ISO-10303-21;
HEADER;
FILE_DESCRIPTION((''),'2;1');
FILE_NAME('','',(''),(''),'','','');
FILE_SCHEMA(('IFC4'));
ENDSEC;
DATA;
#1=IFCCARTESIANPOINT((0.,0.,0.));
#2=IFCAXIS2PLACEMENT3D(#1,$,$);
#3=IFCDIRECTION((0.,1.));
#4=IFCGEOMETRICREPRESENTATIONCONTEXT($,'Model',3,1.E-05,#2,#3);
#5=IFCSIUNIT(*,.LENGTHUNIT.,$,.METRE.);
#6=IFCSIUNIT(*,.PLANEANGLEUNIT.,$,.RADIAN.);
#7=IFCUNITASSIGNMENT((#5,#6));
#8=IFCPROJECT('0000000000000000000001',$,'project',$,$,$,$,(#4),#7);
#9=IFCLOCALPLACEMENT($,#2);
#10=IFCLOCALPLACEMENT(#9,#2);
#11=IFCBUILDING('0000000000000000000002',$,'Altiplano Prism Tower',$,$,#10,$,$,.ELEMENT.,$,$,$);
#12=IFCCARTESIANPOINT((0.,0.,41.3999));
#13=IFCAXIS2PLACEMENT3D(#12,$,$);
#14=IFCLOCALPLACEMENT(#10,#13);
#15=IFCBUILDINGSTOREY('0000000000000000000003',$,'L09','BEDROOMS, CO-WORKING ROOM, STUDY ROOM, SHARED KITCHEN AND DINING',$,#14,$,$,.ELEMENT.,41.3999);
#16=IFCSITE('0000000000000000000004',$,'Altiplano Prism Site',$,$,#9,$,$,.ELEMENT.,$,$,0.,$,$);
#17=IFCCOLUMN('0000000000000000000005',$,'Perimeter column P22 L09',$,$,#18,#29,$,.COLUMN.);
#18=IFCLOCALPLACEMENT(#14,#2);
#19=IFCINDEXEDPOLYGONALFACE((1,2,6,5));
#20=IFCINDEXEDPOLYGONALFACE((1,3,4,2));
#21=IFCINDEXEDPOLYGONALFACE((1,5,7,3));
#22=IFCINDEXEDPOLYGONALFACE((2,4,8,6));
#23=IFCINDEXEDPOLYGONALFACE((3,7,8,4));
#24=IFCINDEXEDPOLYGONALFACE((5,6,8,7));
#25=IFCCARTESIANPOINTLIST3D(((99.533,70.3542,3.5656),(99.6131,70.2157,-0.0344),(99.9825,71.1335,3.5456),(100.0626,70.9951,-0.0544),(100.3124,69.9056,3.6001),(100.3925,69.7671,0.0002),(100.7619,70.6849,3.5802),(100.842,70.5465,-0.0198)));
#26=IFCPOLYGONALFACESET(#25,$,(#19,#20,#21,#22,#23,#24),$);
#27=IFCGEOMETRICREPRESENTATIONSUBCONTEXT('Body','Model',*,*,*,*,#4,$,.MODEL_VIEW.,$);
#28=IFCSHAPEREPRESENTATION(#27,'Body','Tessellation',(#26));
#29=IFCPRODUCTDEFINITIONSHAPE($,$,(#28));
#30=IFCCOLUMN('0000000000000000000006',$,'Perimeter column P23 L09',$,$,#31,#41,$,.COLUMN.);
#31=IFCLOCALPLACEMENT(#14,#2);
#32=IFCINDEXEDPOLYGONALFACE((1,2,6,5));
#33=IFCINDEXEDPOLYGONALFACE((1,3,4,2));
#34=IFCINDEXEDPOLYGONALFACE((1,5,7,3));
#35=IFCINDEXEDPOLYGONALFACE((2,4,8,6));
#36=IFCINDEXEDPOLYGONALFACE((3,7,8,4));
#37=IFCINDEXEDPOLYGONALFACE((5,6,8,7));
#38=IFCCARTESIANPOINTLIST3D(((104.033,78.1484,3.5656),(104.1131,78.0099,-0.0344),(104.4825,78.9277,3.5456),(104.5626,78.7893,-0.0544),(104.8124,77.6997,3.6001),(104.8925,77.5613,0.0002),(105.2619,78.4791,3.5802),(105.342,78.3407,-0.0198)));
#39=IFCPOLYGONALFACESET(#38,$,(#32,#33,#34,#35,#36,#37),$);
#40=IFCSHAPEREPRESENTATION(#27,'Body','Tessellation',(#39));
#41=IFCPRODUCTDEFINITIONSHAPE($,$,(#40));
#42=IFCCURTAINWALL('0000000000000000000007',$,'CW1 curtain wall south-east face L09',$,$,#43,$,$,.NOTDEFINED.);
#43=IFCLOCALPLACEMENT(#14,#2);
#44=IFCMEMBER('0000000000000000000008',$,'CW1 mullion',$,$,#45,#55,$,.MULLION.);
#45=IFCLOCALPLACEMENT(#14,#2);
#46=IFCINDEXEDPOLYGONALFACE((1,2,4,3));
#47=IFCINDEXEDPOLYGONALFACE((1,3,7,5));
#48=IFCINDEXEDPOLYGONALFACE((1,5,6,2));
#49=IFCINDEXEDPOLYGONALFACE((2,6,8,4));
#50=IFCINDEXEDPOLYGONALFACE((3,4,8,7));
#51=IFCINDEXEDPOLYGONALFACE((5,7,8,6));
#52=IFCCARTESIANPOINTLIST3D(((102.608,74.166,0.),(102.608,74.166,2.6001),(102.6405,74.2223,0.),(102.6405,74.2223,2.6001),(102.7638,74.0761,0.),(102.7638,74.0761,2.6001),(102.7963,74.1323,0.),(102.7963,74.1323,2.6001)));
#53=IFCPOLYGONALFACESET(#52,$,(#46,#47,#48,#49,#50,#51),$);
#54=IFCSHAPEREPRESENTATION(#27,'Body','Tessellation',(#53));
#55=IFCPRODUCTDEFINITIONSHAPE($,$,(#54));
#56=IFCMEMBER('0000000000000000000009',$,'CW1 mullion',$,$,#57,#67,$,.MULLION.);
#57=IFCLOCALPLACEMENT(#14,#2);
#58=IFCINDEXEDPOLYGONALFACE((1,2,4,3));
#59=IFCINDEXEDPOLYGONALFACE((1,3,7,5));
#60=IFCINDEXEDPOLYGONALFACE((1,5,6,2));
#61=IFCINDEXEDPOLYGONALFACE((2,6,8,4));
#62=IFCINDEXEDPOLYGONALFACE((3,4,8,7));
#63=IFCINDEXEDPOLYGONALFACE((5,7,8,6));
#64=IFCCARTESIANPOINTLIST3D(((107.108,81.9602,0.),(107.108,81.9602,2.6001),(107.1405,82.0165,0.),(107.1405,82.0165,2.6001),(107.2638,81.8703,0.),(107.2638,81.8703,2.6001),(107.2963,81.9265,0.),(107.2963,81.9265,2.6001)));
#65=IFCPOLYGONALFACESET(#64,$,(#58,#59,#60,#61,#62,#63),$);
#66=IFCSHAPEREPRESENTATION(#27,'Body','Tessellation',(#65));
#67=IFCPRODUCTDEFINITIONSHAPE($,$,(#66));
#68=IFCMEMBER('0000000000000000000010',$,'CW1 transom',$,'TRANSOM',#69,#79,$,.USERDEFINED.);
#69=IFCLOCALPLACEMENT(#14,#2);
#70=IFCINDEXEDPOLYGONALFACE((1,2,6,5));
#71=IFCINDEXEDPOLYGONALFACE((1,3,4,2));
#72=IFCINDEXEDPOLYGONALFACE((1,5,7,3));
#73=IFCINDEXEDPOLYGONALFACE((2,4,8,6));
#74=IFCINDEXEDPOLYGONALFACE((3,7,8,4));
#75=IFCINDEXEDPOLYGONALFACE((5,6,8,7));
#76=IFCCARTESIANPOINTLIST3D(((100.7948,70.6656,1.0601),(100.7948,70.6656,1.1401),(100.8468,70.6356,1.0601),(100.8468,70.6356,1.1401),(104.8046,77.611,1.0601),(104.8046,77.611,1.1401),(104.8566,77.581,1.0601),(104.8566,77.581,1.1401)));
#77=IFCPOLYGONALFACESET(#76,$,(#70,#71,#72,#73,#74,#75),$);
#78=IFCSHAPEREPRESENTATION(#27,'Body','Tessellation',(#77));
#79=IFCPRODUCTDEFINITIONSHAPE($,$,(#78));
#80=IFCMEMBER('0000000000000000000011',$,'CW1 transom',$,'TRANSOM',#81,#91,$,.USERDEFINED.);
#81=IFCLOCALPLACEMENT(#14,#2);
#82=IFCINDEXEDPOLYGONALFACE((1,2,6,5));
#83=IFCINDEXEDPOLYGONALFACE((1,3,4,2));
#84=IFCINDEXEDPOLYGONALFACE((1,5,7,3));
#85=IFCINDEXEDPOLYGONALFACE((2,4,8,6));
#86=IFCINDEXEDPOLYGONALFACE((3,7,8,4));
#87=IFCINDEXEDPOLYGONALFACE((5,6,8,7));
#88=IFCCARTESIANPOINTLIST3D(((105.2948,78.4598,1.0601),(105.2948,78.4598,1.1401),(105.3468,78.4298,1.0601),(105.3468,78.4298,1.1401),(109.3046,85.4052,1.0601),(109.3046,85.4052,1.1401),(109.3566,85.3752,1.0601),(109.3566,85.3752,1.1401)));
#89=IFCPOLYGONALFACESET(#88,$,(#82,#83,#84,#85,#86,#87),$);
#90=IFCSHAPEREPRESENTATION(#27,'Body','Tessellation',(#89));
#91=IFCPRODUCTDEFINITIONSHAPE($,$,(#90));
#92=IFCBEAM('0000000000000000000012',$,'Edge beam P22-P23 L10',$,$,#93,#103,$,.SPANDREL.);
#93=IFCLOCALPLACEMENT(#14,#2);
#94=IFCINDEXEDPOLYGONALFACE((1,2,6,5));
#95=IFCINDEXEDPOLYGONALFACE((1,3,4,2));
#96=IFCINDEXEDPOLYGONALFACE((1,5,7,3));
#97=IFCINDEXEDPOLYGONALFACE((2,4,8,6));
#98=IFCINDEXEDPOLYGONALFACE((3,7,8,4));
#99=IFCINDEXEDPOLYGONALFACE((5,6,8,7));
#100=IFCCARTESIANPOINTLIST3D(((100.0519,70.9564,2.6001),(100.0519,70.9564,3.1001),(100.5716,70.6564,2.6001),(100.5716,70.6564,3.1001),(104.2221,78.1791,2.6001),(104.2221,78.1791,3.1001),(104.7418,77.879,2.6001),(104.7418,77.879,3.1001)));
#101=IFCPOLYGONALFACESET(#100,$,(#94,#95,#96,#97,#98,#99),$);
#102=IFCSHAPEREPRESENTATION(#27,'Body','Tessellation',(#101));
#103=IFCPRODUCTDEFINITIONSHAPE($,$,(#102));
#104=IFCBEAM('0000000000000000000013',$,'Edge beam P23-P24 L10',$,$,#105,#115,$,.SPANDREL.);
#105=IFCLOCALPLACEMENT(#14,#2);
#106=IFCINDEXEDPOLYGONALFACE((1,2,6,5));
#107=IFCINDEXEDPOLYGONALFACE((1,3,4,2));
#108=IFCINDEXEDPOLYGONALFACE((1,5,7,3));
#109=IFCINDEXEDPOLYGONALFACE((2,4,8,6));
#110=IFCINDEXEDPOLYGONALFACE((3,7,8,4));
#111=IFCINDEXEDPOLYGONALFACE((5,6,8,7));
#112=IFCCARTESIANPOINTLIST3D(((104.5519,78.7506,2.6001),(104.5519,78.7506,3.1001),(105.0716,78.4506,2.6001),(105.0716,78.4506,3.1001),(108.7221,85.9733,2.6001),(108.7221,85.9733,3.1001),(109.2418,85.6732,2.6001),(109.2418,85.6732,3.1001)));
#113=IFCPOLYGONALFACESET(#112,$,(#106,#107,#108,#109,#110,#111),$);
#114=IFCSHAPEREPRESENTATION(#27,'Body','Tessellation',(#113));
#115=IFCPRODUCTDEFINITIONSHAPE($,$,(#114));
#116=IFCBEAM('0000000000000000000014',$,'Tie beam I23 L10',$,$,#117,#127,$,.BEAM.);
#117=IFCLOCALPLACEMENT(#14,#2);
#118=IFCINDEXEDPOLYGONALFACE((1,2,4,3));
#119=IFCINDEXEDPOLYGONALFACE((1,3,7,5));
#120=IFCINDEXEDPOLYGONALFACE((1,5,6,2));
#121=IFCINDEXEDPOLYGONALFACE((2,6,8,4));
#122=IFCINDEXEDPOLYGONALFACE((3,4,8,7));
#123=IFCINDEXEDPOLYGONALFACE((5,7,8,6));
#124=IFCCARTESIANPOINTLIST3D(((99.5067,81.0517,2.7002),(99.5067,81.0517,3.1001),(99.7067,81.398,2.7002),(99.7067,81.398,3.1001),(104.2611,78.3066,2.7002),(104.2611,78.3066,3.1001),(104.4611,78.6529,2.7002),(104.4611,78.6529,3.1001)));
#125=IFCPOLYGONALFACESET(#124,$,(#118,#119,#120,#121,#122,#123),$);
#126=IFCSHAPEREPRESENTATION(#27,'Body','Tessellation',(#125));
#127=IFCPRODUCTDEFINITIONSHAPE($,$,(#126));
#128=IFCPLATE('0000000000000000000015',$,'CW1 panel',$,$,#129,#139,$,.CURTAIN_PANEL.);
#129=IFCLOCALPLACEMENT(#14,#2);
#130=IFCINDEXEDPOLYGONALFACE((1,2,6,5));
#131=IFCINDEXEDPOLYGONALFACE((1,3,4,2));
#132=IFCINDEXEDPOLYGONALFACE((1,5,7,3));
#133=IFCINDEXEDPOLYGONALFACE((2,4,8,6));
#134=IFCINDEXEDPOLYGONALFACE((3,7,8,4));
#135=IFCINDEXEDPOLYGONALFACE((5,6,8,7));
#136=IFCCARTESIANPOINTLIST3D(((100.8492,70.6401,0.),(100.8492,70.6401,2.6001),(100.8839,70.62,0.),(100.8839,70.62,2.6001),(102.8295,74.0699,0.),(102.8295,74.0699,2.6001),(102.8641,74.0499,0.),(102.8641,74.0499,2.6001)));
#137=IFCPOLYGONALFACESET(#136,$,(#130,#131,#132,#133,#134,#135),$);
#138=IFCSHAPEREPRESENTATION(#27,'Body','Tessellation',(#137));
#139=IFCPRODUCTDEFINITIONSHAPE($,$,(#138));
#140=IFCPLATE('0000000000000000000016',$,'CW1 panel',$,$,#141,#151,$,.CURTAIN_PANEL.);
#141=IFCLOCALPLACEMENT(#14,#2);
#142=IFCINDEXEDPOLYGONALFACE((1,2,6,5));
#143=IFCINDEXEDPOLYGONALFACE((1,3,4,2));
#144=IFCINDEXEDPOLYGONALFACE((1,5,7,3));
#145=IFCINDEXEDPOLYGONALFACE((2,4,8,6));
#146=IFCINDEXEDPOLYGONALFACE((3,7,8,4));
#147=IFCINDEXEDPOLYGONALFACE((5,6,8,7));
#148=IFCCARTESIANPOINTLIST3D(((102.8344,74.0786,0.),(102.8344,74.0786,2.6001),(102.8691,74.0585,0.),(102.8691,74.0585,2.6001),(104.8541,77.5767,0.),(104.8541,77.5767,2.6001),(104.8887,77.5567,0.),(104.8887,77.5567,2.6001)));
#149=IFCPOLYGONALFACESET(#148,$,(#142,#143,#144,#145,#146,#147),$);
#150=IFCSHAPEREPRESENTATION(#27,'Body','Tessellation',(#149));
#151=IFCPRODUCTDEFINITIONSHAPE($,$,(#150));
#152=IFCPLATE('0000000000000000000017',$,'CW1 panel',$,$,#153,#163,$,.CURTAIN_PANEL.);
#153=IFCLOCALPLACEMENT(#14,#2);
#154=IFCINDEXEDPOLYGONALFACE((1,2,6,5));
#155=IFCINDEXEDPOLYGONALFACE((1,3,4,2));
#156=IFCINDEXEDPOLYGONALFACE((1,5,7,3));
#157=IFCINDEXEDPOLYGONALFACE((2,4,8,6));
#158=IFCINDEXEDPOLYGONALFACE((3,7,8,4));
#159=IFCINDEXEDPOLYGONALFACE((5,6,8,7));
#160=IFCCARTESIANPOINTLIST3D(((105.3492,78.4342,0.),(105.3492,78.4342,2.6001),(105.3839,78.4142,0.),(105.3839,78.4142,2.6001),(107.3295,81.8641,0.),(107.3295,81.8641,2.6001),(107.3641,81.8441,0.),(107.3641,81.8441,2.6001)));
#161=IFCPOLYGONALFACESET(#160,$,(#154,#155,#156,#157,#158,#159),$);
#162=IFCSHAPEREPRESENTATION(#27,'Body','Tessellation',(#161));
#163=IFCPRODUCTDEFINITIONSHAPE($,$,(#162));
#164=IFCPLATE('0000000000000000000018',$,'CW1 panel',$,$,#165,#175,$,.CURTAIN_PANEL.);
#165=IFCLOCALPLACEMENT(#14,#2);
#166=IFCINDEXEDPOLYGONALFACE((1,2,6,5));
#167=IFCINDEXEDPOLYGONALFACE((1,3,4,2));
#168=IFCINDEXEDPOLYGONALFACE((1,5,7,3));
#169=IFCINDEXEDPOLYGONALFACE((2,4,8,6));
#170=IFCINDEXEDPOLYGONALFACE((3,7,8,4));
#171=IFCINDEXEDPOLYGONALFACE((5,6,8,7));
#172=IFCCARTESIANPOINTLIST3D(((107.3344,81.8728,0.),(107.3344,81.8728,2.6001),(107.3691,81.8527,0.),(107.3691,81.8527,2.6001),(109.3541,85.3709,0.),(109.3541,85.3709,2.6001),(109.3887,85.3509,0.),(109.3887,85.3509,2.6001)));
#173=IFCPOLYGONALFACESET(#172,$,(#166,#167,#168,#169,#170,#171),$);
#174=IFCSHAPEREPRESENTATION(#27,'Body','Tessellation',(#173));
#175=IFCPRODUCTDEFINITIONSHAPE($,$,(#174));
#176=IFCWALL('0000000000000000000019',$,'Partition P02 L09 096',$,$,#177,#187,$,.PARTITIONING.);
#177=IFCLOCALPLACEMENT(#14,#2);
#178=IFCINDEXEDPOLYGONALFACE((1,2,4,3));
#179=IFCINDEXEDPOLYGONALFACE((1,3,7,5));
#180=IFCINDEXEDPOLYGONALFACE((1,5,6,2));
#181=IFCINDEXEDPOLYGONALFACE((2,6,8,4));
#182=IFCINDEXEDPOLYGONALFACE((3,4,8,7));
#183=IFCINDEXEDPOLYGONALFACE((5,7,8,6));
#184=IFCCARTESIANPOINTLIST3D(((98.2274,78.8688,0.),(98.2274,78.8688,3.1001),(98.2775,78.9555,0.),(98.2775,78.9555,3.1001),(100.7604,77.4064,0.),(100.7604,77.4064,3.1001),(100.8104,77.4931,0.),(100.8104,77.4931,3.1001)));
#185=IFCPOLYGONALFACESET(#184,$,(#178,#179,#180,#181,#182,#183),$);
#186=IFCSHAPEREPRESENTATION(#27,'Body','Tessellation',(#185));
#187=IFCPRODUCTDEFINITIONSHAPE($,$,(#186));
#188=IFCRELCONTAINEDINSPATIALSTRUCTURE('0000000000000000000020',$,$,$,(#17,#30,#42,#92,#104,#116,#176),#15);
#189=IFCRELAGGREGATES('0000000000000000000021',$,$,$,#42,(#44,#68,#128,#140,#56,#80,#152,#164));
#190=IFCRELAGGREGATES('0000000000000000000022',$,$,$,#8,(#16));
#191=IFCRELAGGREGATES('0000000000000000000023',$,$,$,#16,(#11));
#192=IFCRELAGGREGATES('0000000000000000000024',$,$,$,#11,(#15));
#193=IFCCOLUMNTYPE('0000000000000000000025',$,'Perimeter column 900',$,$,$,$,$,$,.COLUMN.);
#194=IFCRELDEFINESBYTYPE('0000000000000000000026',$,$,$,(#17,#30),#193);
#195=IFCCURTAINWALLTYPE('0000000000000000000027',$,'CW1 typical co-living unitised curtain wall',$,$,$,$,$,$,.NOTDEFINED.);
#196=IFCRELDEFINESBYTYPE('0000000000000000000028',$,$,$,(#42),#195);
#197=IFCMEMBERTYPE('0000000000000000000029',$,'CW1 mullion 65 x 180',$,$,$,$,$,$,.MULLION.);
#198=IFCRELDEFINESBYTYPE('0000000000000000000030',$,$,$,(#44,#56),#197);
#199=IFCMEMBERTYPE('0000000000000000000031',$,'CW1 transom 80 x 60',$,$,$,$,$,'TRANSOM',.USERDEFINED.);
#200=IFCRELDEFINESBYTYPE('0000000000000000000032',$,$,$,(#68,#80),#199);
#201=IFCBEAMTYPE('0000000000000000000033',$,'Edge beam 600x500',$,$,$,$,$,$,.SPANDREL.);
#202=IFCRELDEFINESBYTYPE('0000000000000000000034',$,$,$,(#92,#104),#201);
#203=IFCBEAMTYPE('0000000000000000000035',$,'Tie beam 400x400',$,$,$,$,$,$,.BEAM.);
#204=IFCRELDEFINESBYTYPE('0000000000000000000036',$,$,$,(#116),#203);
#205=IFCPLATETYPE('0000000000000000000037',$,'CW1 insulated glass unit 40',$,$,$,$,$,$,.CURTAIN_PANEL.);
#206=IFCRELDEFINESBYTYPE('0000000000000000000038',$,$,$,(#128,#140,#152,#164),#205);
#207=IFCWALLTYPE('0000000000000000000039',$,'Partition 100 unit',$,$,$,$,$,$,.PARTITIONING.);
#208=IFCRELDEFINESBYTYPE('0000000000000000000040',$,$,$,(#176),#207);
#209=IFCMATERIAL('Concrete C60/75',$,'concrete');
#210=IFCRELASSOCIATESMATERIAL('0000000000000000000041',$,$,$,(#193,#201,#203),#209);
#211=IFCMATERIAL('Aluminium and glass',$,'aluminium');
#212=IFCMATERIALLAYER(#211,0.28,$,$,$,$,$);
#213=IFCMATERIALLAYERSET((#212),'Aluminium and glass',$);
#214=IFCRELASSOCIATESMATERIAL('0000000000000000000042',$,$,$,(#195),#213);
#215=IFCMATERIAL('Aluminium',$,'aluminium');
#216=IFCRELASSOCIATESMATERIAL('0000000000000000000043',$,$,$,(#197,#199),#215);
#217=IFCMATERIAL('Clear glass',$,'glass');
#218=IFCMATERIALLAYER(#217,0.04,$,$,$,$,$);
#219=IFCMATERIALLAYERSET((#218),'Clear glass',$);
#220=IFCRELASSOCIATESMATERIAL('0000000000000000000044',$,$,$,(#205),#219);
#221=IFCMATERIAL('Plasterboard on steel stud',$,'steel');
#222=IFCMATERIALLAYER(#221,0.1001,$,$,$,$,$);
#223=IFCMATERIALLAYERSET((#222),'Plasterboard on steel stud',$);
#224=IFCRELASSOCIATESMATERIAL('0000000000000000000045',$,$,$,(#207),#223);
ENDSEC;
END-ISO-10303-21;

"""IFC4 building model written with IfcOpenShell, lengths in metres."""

from ifc_helpers import new_model, si_unit, direction, frame, frame_2d, origin, origin_2d, place, context, subcontext, project, spatial, rectangle, extrude, material, layer, layer_set, material_profile, profile_set, type_object, element, aggregate, save


model = new_model("IFC4")

# Units and contexts
model_context = context("Model", 3, precision=1e-05, world=origin(), true_north=direction((0.0, 1.0)))
body_context = subcontext(model_context, "Body", "Model", "MODEL_VIEW")
ifc_project = project(units=[si_unit("LENGTHUNIT", "METRE"), si_unit("PLANEANGLEUNIT", "RADIAN")], contexts=[model_context])

# Site, building, storey
site_placement = place(None, origin())
site = spatial("IfcSite", under=ifc_project, at=site_placement, Name="Altiplano Prism Site", CompositionType="ELEMENT", RefElevation=0.0)
building_placement = place(site_placement, origin())
building = spatial("IfcBuilding", under=site, at=building_placement, Name="Altiplano Prism Tower", CompositionType="ELEMENT")
storey_placement = place(building_placement, frame((0.0, 0.0, 41.3999)))
storey = spatial("IfcBuildingStorey", under=building, at=storey_placement, Name="L09", Description="BEDROOMS, CO-WORKING ROOM, STUDY ROOM, SHARED KITCHEN AND DINING", CompositionType="ELEMENT", Elevation=41.3999)

# Columns
ifc_material_1 = material(Name="Concrete C60/75", Category="concrete")
ifc_material_profile_1 = material_profile(ifc_material_1, rectangle(XDim=0.8999, YDim=0.8999, at=origin_2d()), Name="Perimeter column 900")
ifc_profile_set_1 = profile_set([ifc_material_profile_1], Name="Concrete C60/75")
column_type = type_object("IfcColumnType", Name="Perimeter column 900", PredefinedType="COLUMN", material=ifc_profile_set_1)
for number, where, z_axis, x_axis, name in (
    (1, (100.2275, 70.3811, -0.0271), (-0.022223, 0.038416, 0.999015), (-0.499508, -0.866025, 0.02219), "Perimeter column P22 L09"),
    (2, (104.7275, 78.1753, -0.0271), (-0.022223, 0.038416, 0.999015), (-0.499508, -0.866025, 0.02219), "Perimeter column P23 L09"),
):
    element("IfcColumn", number, at=place(storey_placement, frame(where, z_axis=z_axis, x_axis=x_axis)), inside=storey, type_object=column_type, Name=name, PredefinedType="COLUMN", context=body_context, shape_type="SweptSolid", body=[
        extrude(rectangle(XDim=0.8999, YDim=0.8999, at=origin_2d()), origin(), (0.0, 0.0, 1.0), 3.6035),
    ])

# Curtain wall, members
ifc_material_2 = material(Name="Aluminium and glass", Category="aluminium")
ifc_layer_1 = layer(ifc_material_2, 0.28)
ifc_layer_set_1 = layer_set([ifc_layer_1], Name="Aluminium and glass")
curtain_wall_type = type_object("IfcCurtainWallType", Name="CW1 typical co-living unitised curtain wall", PredefinedType="NOTDEFINED", material=ifc_layer_set_1)
curtain_wall_placement = place(storey_placement, origin())
curtain_wall = element("IfcCurtainWall", 3, at=curtain_wall_placement, inside=storey, type_object=curtain_wall_type, Name="CW1 curtain wall south-east face L09", PredefinedType="NOTDEFINED")
ifc_material_3 = material(Name="Aluminium", Category="aluminium")
ifc_material_profile_2 = material_profile(ifc_material_3, rectangle(XDim=0.1799, YDim=0.0649, at=origin_2d()), Name="CW1 mullion 65 x 180")
ifc_profile_set_2 = profile_set([ifc_material_profile_2], Name="Aluminium")
member_type_1 = type_object("IfcMemberType", Name="CW1 mullion 65 x 180", PredefinedType="MULLION", material=ifc_profile_set_2)
member_1_placement = place(storey_placement, frame((102.7021, 74.1492, 0.0), z_axis=(0.0, 0.0, 1.0), x_axis=(-0.866025, 0.5, 0.0)))
member_1 = element("IfcMember", 4, at=member_1_placement, type_object=member_type_1, Name="CW1 mullion", PredefinedType="MULLION", context=body_context, shape_type="SweptSolid", body=[
    extrude(rectangle(XDim=0.1799, YDim=0.0649, at=origin_2d()), origin(), (0.0, 0.0, 1.0), 2.6001),
])
member_2_placement = place(storey_placement, frame((107.2021, 81.9434, 0.0), z_axis=(0.0, 0.0, 1.0), x_axis=(-0.866025, 0.5, 0.0)))
member_2 = element("IfcMember", 5, at=member_2_placement, type_object=member_type_1, Name="CW1 mullion", PredefinedType="MULLION", context=body_context, shape_type="SweptSolid", body=[
    extrude(rectangle(XDim=0.1799, YDim=0.0649, at=origin_2d()), origin(), (0.0, 0.0, 1.0), 2.6001),
])
ifc_material_profile_3 = material_profile(ifc_material_3, rectangle(XDim=0.0601, YDim=0.0801, at=origin_2d()), Name="CW1 transom 80 x 60")
ifc_profile_set_3 = profile_set([ifc_material_profile_3], Name="Aluminium")
member_type_2 = type_object("IfcMemberType", Name="CW1 transom 80 x 60", ElementType="TRANSOM", PredefinedType="USERDEFINED", material=ifc_profile_set_3)
member_3_placement = place(storey_placement, frame((100.8208, 70.6506, 1.1001), z_axis=(0.499989, 0.866031, 0.0), x_axis=(-0.866031, 0.499989, 0.0)))
member_3 = element("IfcMember", 6, at=member_3_placement, type_object=member_type_2, Name="CW1 transom", ObjectType="TRANSOM", PredefinedType="USERDEFINED", context=body_context, shape_type="SweptSolid", body=[
    extrude(rectangle(XDim=0.0601, YDim=0.0801, at=origin_2d()), origin(), (0.0, 0.0, 1.0), 8.0198),
])
member_4_placement = place(storey_placement, frame((105.3208, 78.4448, 1.1001), z_axis=(0.499989, 0.866031, 0.0), x_axis=(-0.866031, 0.499989, 0.0)))
member_4 = element("IfcMember", 7, at=member_4_placement, type_object=member_type_2, Name="CW1 transom", ObjectType="TRANSOM", PredefinedType="USERDEFINED", context=body_context, shape_type="SweptSolid", body=[
    extrude(rectangle(XDim=0.0601, YDim=0.0801, at=origin_2d()), origin(), (0.0, 0.0, 1.0), 8.0198),
])

# Beams
ifc_material_profile_4 = material_profile(ifc_material_1, rectangle(XDim=0.6001, YDim=0.5, at=origin_2d()), Name="Edge beam 600x500")
ifc_profile_set_4 = profile_set([ifc_material_profile_4], Name="Concrete C60/75")
beam_type_1 = type_object("IfcBeamType", Name="Edge beam 600x500", PredefinedType="SPANDREL", material=ifc_profile_set_4)
for number, where, z_axis, x_axis, name in (
    (8, (100.3118, 70.8064, 2.8501), (0.500015, 0.866017, 0.0), (-0.866017, 0.500015, 0.0), "Edge beam P22-P23 L10"),
    (9, (104.8118, 78.6006, 2.8501), (0.500015, 0.866017, 0.0), (-0.866017, 0.500015, 0.0), "Edge beam P23-P24 L10"),
):
    element("IfcBeam", number, at=place(storey_placement, frame(where, z_axis=z_axis, x_axis=x_axis)), inside=storey, type_object=beam_type_1, Name=name, PredefinedType="SPANDREL", context=body_context, shape_type="SweptSolid", body=[
        extrude(rectangle(XDim=0.6001, YDim=0.5, at=origin_2d()), origin(), (0.0, 0.0, 1.0), 8.3401),
    ])
ifc_material_profile_5 = material_profile(ifc_material_1, rectangle(XDim=0.3999, YDim=0.3999, at=origin_2d()), Name="Tie beam 400x400")
ifc_profile_set_5 = profile_set([ifc_material_profile_5], Name="Concrete C60/75")
beam_type_2 = type_object("IfcBeamType", Name="Tie beam 400x400", PredefinedType="BEAM", material=ifc_profile_set_5)
beam_placement = place(storey_placement, frame((99.6067, 81.2249, 2.9001), z_axis=(0.866012, -0.500023, 0.0), x_axis=(0.500023, 0.866012, 0.0)))
element("IfcBeam", 10, at=beam_placement, inside=storey, type_object=beam_type_2, Name="Tie beam I23 L10", PredefinedType="BEAM", context=body_context, shape_type="SweptSolid", body=[
    extrude(rectangle(XDim=0.3999, YDim=0.3999, at=origin_2d()), origin(), (0.0, 0.0, 1.0), 5.49),
])

# Plates
ifc_material_4 = material(Name="Clear glass", Category="glass")
ifc_layer_2 = layer(ifc_material_4, 0.04)
ifc_layer_set_2 = layer_set([ifc_layer_2], Name="Clear glass")
plate_type = type_object("IfcPlateType", Name="CW1 insulated glass unit 40", PredefinedType="CURTAIN_PANEL", material=ifc_layer_set_2)
plate_1_placement = place(storey_placement, frame((101.8567, 72.345, 0.0), z_axis=(0.0, 0.0, 1.0), x_axis=(0.5, 0.866025, 0.0)))
plate_1 = element("IfcPlate", 11, at=plate_1_placement, type_object=plate_type, Name="CW1 panel", PredefinedType="CURTAIN_PANEL", context=body_context, shape_type="SweptSolid", body=[
    extrude(rectangle(XDim=3.9604, YDim=0.04, at=origin_2d()), origin(), (0.0, 0.0, 1.0), 2.6001),
])
plate_2_placement = place(storey_placement, frame((103.8616, 75.8176, 0.0), z_axis=(0.0, 0.0, 1.0), x_axis=(0.5, 0.866025, 0.0)))
plate_2 = element("IfcPlate", 12, at=plate_2_placement, type_object=plate_type, Name="CW1 panel", PredefinedType="CURTAIN_PANEL", context=body_context, shape_type="SweptSolid", body=[
    extrude(rectangle(XDim=4.0393, YDim=0.04, at=origin_2d()), origin(), (0.0, 0.0, 1.0), 2.6001),
])
plate_3_placement = place(storey_placement, frame((106.3567, 80.1392, 0.0), z_axis=(0.0, 0.0, 1.0), x_axis=(0.5, 0.866025, 0.0)))
plate_3 = element("IfcPlate", 13, at=plate_3_placement, type_object=plate_type, Name="CW1 panel", PredefinedType="CURTAIN_PANEL", context=body_context, shape_type="SweptSolid", body=[
    extrude(rectangle(XDim=3.9604, YDim=0.04, at=origin_2d()), origin(), (0.0, 0.0, 1.0), 2.6001),
])
plate_4_placement = place(storey_placement, frame((108.3616, 83.6118, 0.0), z_axis=(0.0, 0.0, 1.0), x_axis=(0.5, 0.866025, 0.0)))
plate_4 = element("IfcPlate", 14, at=plate_4_placement, type_object=plate_type, Name="CW1 panel", PredefinedType="CURTAIN_PANEL", context=body_context, shape_type="SweptSolid", body=[
    extrude(rectangle(XDim=4.0393, YDim=0.04, at=origin_2d()), origin(), (0.0, 0.0, 1.0), 2.6001),
])
aggregate(curtain_wall, [member_1, member_3, plate_1, plate_2, member_2, member_4, plate_3, plate_4])

# Wall
ifc_material_5 = material(Name="Plasterboard on steel stud", Category="steel")
ifc_layer_3 = layer(ifc_material_5, 0.1001)
ifc_layer_set_3 = layer_set([ifc_layer_3], Name="Plasterboard on steel stud")
wall_type_1 = type_object("IfcWallType", Name="Partition 100 unit", PredefinedType="PARTITIONING", material=ifc_layer_set_3)
wall_1_placement = place(storey_placement, frame((100.7854, 77.4497, 0.0), z_axis=(0.0, 0.0, 1.0), x_axis=(-0.866026, 0.499999, 0.0)))
element("IfcWall", 15, at=wall_1_placement, inside=storey, type_object=wall_type_1, Name="Partition P02 L09 096", PredefinedType="PARTITIONING", context=body_context, shape_type="SweptSolid", body=[
    extrude(rectangle(XDim=2.9248, YDim=0.1001, at=frame_2d((1.4624, 0.0))), origin(), (0.0, 0.0, 1.0), 3.1001),
])

save(model, "model.ifc")
